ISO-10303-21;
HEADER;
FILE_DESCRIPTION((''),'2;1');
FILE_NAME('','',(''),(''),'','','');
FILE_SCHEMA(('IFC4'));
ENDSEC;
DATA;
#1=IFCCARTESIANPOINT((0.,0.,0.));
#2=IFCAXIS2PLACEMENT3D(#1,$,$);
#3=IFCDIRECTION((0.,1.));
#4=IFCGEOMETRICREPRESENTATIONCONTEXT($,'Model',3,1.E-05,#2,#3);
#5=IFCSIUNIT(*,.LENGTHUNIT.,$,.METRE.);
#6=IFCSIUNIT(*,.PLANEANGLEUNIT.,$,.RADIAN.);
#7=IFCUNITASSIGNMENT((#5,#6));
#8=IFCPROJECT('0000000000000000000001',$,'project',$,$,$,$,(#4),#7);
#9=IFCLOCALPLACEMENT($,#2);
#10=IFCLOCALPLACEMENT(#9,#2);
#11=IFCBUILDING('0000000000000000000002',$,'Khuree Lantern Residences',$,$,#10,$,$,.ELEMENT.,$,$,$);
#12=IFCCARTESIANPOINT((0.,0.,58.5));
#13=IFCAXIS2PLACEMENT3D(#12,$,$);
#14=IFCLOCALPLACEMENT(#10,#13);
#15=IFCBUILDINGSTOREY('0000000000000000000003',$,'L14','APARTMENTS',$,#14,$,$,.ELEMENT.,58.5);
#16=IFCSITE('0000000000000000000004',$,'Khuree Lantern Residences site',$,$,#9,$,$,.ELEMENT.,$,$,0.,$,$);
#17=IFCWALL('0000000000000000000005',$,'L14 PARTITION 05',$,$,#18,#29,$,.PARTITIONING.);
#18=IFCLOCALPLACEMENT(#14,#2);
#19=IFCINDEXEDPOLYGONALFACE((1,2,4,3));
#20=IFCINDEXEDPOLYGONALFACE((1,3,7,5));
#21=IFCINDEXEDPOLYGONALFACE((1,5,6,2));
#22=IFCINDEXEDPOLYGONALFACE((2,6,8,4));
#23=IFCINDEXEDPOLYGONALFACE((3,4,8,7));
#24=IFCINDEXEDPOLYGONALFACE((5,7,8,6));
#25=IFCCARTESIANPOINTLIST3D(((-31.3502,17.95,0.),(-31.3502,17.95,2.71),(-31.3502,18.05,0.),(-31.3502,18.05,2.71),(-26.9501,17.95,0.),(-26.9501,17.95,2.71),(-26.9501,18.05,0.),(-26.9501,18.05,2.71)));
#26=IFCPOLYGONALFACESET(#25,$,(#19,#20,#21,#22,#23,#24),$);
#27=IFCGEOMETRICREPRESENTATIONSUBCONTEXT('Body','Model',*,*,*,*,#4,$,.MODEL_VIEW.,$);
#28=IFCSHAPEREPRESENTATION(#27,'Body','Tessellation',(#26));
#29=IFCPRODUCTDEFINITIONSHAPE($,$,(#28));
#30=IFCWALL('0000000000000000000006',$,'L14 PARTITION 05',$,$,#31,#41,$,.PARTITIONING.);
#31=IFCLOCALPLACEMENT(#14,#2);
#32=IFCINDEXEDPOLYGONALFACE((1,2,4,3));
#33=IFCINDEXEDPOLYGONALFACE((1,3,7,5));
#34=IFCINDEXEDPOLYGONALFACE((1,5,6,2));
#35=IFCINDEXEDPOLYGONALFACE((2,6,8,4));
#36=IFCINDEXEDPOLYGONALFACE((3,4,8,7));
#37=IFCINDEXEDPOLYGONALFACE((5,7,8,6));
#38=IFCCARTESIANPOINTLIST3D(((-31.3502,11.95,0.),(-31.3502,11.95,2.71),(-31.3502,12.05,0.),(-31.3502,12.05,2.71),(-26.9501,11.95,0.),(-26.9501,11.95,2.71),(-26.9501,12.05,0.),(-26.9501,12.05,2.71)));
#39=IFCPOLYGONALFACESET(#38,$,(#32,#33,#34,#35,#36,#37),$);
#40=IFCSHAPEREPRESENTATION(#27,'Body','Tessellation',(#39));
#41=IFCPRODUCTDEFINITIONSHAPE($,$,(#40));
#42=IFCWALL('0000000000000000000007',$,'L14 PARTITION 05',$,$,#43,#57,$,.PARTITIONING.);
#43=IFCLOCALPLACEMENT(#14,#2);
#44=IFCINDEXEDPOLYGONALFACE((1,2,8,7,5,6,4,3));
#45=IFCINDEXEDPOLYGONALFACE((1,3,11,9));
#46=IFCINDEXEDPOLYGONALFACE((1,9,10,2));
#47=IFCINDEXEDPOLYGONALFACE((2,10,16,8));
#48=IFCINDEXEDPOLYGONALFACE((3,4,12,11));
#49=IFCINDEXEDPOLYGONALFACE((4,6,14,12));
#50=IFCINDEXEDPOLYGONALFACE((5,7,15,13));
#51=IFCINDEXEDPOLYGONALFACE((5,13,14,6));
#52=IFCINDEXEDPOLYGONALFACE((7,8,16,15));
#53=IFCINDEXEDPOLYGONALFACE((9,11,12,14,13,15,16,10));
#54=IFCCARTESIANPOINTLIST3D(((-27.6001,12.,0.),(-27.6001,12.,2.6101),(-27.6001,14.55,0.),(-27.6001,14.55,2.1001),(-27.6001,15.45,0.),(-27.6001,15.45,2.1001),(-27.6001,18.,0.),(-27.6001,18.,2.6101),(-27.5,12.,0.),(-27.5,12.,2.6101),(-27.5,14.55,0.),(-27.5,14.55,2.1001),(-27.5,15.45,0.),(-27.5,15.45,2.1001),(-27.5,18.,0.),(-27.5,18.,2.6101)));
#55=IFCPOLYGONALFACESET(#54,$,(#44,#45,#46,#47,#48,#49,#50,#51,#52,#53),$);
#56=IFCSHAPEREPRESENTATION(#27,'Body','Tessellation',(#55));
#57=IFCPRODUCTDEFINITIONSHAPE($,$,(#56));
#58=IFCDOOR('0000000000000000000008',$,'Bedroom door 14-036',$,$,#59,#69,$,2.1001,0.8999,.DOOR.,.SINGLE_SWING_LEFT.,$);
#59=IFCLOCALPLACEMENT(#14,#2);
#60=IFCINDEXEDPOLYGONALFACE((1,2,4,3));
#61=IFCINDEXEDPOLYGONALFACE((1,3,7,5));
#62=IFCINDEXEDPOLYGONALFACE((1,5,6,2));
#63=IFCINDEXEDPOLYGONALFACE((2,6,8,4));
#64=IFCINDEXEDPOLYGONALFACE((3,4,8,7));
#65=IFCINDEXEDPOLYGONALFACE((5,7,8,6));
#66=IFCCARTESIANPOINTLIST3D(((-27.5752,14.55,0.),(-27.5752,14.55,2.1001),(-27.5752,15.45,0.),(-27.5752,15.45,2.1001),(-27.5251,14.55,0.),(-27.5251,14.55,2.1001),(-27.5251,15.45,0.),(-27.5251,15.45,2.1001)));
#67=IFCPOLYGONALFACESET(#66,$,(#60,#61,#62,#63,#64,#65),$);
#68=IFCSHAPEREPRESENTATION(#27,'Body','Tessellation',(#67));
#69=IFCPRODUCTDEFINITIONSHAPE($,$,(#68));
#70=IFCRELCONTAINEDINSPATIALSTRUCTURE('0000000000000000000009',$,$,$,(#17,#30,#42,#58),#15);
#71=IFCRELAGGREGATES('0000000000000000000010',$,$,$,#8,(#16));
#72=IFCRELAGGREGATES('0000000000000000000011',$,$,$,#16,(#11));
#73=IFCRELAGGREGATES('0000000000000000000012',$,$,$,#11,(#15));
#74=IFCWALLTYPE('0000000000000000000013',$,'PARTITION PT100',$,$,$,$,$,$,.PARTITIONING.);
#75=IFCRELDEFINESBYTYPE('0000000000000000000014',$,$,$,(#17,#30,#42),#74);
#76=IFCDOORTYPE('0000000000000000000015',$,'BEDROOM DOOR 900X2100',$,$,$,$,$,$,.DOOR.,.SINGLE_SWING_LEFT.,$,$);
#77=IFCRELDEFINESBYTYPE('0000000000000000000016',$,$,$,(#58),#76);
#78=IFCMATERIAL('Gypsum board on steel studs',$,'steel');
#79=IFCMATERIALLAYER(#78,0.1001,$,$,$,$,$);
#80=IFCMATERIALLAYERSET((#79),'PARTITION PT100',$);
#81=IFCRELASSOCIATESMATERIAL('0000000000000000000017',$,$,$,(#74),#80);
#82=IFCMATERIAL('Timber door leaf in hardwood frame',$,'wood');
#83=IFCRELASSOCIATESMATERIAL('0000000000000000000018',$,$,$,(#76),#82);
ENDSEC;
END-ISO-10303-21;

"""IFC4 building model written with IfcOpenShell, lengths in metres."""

from ifc_helpers import new_model, si_unit, direction, frame, frame_2d, origin, place, context, subcontext, project, spatial, rectangle, extrude, material, layer, layer_set, type_object, element, fill, save


model = new_model("IFC4")

# Units and contexts
model_context = context("Model", 3, precision=1e-05, world=origin(), true_north=direction((0.0, 1.0)))
body_context = subcontext(model_context, "Body", "Model", "MODEL_VIEW")
ifc_project = project(units=[si_unit("LENGTHUNIT", "METRE"), si_unit("PLANEANGLEUNIT", "RADIAN")], contexts=[model_context])

# Site, building, storey
site_placement = place(None, origin())
site = spatial("IfcSite", under=ifc_project, at=site_placement, Name="Khuree Lantern Residences site", CompositionType="ELEMENT", RefElevation=0.0)
building_placement = place(site_placement, origin())
building = spatial("IfcBuilding", under=site, at=building_placement, Name="Khuree Lantern Residences", CompositionType="ELEMENT")
storey_placement = place(building_placement, frame((0.0, 0.0, 58.5)))
storey = spatial("IfcBuildingStorey", under=building, at=storey_placement, Name="L14", Description="APARTMENTS", CompositionType="ELEMENT", Elevation=58.5)

# Shared definitions
ifc_material_1 = material(Name="Timber door leaf in hardwood frame", Category="wood")

# Walls
ifc_material_2 = material(Name="Gypsum board on steel studs", Category="steel")
ifc_layer_1 = layer(ifc_material_2, 0.1001)
ifc_layer_set_1 = layer_set([ifc_layer_1], Name="PARTITION PT100")
wall_type_1 = type_object("IfcWallType", Name="PARTITION PT100", PredefinedType="PARTITIONING", material=ifc_layer_set_1)
for number, where, z_axis, x_axis, name in (
    (1, (-26.95, 18.0, 0.0), (0.0, 0.0, 1.0), (-1.0, 0.0, 0.0), "L14 PARTITION 05"),
    (2, (-26.95, 12.0, 0.0), (0.0, 0.0, 1.0), (-1.0, 0.0, 0.0), "L14 PARTITION 05"),
):
    element("IfcWall", number, at=place(storey_placement, frame(where, z_axis=z_axis, x_axis=x_axis)), inside=storey, type_object=wall_type_1, Name=name, PredefinedType="PARTITIONING", context=body_context, shape_type="SweptSolid", body=[
        extrude(rectangle(XDim=4.4001, YDim=0.1001, at=frame_2d((2.2002, 0.0))), origin(), (0.0, 0.0, 1.0), 2.71),
    ])

# Wall, opening, door
wall_1_placement = place(storey_placement, frame((-27.55, 18.0, 0.0), z_axis=(0.0, 0.0, 1.0), x_axis=(0.0, -1.0, 0.0)))
wall_1 = element("IfcWall", 3, at=wall_1_placement, inside=storey, type_object=wall_type_1, Name="L14 PARTITION 05", PredefinedType="PARTITIONING", context=body_context, shape_type="SweptSolid", body=[
    extrude(rectangle(XDim=6.0, YDim=0.1001, at=frame_2d((3.0, 0.0))), origin(), (0.0, 0.0, 1.0), 2.6101),
])
opening_1_placement = place(wall_1_placement, frame((2.55, 0.0, 0.0)))
opening_1 = element("IfcOpeningElement", 4, at=opening_1_placement, cuts=wall_1, PredefinedType="OPENING", context=body_context, shape_type="SweptSolid", body=[
    extrude(rectangle(XDim=0.8999, YDim=2.1001, at=frame_2d((0.45, 1.05))), frame((0.0, 0.0601, 0.0), z_axis=(0.0, -1.0, 0.0), x_axis=(1.0, 0.0, 0.0)), (0.0, 0.0, 1.0), 0.1201),
])
door_type_1 = type_object("IfcDoorType", Name="BEDROOM DOOR 900X2100", OperationType="SINGLE_SWING_LEFT", PredefinedType="DOOR", material=ifc_material_1)
door_1_placement = place(opening_1_placement, origin())
door_1 = element("IfcDoor", 5, at=door_1_placement, inside=storey, type_object=door_type_1, Name="Bedroom door 14-036", OperationType="SINGLE_SWING_LEFT", OverallHeight=2.1001, OverallWidth=0.8999, PredefinedType="DOOR", context=body_context, shape_type="SweptSolid", body=[
    extrude(rectangle(XDim=0.8999, YDim=2.1001, at=frame_2d((0.45, 1.05))), frame((0.0, 0.0249, 0.0), z_axis=(0.0, -1.0, 0.0), x_axis=(1.0, 0.0, 0.0)), (0.0, 0.0, 1.0), 0.05),
])
fill(opening_1, door_1)

save(model, "model.ifc")
